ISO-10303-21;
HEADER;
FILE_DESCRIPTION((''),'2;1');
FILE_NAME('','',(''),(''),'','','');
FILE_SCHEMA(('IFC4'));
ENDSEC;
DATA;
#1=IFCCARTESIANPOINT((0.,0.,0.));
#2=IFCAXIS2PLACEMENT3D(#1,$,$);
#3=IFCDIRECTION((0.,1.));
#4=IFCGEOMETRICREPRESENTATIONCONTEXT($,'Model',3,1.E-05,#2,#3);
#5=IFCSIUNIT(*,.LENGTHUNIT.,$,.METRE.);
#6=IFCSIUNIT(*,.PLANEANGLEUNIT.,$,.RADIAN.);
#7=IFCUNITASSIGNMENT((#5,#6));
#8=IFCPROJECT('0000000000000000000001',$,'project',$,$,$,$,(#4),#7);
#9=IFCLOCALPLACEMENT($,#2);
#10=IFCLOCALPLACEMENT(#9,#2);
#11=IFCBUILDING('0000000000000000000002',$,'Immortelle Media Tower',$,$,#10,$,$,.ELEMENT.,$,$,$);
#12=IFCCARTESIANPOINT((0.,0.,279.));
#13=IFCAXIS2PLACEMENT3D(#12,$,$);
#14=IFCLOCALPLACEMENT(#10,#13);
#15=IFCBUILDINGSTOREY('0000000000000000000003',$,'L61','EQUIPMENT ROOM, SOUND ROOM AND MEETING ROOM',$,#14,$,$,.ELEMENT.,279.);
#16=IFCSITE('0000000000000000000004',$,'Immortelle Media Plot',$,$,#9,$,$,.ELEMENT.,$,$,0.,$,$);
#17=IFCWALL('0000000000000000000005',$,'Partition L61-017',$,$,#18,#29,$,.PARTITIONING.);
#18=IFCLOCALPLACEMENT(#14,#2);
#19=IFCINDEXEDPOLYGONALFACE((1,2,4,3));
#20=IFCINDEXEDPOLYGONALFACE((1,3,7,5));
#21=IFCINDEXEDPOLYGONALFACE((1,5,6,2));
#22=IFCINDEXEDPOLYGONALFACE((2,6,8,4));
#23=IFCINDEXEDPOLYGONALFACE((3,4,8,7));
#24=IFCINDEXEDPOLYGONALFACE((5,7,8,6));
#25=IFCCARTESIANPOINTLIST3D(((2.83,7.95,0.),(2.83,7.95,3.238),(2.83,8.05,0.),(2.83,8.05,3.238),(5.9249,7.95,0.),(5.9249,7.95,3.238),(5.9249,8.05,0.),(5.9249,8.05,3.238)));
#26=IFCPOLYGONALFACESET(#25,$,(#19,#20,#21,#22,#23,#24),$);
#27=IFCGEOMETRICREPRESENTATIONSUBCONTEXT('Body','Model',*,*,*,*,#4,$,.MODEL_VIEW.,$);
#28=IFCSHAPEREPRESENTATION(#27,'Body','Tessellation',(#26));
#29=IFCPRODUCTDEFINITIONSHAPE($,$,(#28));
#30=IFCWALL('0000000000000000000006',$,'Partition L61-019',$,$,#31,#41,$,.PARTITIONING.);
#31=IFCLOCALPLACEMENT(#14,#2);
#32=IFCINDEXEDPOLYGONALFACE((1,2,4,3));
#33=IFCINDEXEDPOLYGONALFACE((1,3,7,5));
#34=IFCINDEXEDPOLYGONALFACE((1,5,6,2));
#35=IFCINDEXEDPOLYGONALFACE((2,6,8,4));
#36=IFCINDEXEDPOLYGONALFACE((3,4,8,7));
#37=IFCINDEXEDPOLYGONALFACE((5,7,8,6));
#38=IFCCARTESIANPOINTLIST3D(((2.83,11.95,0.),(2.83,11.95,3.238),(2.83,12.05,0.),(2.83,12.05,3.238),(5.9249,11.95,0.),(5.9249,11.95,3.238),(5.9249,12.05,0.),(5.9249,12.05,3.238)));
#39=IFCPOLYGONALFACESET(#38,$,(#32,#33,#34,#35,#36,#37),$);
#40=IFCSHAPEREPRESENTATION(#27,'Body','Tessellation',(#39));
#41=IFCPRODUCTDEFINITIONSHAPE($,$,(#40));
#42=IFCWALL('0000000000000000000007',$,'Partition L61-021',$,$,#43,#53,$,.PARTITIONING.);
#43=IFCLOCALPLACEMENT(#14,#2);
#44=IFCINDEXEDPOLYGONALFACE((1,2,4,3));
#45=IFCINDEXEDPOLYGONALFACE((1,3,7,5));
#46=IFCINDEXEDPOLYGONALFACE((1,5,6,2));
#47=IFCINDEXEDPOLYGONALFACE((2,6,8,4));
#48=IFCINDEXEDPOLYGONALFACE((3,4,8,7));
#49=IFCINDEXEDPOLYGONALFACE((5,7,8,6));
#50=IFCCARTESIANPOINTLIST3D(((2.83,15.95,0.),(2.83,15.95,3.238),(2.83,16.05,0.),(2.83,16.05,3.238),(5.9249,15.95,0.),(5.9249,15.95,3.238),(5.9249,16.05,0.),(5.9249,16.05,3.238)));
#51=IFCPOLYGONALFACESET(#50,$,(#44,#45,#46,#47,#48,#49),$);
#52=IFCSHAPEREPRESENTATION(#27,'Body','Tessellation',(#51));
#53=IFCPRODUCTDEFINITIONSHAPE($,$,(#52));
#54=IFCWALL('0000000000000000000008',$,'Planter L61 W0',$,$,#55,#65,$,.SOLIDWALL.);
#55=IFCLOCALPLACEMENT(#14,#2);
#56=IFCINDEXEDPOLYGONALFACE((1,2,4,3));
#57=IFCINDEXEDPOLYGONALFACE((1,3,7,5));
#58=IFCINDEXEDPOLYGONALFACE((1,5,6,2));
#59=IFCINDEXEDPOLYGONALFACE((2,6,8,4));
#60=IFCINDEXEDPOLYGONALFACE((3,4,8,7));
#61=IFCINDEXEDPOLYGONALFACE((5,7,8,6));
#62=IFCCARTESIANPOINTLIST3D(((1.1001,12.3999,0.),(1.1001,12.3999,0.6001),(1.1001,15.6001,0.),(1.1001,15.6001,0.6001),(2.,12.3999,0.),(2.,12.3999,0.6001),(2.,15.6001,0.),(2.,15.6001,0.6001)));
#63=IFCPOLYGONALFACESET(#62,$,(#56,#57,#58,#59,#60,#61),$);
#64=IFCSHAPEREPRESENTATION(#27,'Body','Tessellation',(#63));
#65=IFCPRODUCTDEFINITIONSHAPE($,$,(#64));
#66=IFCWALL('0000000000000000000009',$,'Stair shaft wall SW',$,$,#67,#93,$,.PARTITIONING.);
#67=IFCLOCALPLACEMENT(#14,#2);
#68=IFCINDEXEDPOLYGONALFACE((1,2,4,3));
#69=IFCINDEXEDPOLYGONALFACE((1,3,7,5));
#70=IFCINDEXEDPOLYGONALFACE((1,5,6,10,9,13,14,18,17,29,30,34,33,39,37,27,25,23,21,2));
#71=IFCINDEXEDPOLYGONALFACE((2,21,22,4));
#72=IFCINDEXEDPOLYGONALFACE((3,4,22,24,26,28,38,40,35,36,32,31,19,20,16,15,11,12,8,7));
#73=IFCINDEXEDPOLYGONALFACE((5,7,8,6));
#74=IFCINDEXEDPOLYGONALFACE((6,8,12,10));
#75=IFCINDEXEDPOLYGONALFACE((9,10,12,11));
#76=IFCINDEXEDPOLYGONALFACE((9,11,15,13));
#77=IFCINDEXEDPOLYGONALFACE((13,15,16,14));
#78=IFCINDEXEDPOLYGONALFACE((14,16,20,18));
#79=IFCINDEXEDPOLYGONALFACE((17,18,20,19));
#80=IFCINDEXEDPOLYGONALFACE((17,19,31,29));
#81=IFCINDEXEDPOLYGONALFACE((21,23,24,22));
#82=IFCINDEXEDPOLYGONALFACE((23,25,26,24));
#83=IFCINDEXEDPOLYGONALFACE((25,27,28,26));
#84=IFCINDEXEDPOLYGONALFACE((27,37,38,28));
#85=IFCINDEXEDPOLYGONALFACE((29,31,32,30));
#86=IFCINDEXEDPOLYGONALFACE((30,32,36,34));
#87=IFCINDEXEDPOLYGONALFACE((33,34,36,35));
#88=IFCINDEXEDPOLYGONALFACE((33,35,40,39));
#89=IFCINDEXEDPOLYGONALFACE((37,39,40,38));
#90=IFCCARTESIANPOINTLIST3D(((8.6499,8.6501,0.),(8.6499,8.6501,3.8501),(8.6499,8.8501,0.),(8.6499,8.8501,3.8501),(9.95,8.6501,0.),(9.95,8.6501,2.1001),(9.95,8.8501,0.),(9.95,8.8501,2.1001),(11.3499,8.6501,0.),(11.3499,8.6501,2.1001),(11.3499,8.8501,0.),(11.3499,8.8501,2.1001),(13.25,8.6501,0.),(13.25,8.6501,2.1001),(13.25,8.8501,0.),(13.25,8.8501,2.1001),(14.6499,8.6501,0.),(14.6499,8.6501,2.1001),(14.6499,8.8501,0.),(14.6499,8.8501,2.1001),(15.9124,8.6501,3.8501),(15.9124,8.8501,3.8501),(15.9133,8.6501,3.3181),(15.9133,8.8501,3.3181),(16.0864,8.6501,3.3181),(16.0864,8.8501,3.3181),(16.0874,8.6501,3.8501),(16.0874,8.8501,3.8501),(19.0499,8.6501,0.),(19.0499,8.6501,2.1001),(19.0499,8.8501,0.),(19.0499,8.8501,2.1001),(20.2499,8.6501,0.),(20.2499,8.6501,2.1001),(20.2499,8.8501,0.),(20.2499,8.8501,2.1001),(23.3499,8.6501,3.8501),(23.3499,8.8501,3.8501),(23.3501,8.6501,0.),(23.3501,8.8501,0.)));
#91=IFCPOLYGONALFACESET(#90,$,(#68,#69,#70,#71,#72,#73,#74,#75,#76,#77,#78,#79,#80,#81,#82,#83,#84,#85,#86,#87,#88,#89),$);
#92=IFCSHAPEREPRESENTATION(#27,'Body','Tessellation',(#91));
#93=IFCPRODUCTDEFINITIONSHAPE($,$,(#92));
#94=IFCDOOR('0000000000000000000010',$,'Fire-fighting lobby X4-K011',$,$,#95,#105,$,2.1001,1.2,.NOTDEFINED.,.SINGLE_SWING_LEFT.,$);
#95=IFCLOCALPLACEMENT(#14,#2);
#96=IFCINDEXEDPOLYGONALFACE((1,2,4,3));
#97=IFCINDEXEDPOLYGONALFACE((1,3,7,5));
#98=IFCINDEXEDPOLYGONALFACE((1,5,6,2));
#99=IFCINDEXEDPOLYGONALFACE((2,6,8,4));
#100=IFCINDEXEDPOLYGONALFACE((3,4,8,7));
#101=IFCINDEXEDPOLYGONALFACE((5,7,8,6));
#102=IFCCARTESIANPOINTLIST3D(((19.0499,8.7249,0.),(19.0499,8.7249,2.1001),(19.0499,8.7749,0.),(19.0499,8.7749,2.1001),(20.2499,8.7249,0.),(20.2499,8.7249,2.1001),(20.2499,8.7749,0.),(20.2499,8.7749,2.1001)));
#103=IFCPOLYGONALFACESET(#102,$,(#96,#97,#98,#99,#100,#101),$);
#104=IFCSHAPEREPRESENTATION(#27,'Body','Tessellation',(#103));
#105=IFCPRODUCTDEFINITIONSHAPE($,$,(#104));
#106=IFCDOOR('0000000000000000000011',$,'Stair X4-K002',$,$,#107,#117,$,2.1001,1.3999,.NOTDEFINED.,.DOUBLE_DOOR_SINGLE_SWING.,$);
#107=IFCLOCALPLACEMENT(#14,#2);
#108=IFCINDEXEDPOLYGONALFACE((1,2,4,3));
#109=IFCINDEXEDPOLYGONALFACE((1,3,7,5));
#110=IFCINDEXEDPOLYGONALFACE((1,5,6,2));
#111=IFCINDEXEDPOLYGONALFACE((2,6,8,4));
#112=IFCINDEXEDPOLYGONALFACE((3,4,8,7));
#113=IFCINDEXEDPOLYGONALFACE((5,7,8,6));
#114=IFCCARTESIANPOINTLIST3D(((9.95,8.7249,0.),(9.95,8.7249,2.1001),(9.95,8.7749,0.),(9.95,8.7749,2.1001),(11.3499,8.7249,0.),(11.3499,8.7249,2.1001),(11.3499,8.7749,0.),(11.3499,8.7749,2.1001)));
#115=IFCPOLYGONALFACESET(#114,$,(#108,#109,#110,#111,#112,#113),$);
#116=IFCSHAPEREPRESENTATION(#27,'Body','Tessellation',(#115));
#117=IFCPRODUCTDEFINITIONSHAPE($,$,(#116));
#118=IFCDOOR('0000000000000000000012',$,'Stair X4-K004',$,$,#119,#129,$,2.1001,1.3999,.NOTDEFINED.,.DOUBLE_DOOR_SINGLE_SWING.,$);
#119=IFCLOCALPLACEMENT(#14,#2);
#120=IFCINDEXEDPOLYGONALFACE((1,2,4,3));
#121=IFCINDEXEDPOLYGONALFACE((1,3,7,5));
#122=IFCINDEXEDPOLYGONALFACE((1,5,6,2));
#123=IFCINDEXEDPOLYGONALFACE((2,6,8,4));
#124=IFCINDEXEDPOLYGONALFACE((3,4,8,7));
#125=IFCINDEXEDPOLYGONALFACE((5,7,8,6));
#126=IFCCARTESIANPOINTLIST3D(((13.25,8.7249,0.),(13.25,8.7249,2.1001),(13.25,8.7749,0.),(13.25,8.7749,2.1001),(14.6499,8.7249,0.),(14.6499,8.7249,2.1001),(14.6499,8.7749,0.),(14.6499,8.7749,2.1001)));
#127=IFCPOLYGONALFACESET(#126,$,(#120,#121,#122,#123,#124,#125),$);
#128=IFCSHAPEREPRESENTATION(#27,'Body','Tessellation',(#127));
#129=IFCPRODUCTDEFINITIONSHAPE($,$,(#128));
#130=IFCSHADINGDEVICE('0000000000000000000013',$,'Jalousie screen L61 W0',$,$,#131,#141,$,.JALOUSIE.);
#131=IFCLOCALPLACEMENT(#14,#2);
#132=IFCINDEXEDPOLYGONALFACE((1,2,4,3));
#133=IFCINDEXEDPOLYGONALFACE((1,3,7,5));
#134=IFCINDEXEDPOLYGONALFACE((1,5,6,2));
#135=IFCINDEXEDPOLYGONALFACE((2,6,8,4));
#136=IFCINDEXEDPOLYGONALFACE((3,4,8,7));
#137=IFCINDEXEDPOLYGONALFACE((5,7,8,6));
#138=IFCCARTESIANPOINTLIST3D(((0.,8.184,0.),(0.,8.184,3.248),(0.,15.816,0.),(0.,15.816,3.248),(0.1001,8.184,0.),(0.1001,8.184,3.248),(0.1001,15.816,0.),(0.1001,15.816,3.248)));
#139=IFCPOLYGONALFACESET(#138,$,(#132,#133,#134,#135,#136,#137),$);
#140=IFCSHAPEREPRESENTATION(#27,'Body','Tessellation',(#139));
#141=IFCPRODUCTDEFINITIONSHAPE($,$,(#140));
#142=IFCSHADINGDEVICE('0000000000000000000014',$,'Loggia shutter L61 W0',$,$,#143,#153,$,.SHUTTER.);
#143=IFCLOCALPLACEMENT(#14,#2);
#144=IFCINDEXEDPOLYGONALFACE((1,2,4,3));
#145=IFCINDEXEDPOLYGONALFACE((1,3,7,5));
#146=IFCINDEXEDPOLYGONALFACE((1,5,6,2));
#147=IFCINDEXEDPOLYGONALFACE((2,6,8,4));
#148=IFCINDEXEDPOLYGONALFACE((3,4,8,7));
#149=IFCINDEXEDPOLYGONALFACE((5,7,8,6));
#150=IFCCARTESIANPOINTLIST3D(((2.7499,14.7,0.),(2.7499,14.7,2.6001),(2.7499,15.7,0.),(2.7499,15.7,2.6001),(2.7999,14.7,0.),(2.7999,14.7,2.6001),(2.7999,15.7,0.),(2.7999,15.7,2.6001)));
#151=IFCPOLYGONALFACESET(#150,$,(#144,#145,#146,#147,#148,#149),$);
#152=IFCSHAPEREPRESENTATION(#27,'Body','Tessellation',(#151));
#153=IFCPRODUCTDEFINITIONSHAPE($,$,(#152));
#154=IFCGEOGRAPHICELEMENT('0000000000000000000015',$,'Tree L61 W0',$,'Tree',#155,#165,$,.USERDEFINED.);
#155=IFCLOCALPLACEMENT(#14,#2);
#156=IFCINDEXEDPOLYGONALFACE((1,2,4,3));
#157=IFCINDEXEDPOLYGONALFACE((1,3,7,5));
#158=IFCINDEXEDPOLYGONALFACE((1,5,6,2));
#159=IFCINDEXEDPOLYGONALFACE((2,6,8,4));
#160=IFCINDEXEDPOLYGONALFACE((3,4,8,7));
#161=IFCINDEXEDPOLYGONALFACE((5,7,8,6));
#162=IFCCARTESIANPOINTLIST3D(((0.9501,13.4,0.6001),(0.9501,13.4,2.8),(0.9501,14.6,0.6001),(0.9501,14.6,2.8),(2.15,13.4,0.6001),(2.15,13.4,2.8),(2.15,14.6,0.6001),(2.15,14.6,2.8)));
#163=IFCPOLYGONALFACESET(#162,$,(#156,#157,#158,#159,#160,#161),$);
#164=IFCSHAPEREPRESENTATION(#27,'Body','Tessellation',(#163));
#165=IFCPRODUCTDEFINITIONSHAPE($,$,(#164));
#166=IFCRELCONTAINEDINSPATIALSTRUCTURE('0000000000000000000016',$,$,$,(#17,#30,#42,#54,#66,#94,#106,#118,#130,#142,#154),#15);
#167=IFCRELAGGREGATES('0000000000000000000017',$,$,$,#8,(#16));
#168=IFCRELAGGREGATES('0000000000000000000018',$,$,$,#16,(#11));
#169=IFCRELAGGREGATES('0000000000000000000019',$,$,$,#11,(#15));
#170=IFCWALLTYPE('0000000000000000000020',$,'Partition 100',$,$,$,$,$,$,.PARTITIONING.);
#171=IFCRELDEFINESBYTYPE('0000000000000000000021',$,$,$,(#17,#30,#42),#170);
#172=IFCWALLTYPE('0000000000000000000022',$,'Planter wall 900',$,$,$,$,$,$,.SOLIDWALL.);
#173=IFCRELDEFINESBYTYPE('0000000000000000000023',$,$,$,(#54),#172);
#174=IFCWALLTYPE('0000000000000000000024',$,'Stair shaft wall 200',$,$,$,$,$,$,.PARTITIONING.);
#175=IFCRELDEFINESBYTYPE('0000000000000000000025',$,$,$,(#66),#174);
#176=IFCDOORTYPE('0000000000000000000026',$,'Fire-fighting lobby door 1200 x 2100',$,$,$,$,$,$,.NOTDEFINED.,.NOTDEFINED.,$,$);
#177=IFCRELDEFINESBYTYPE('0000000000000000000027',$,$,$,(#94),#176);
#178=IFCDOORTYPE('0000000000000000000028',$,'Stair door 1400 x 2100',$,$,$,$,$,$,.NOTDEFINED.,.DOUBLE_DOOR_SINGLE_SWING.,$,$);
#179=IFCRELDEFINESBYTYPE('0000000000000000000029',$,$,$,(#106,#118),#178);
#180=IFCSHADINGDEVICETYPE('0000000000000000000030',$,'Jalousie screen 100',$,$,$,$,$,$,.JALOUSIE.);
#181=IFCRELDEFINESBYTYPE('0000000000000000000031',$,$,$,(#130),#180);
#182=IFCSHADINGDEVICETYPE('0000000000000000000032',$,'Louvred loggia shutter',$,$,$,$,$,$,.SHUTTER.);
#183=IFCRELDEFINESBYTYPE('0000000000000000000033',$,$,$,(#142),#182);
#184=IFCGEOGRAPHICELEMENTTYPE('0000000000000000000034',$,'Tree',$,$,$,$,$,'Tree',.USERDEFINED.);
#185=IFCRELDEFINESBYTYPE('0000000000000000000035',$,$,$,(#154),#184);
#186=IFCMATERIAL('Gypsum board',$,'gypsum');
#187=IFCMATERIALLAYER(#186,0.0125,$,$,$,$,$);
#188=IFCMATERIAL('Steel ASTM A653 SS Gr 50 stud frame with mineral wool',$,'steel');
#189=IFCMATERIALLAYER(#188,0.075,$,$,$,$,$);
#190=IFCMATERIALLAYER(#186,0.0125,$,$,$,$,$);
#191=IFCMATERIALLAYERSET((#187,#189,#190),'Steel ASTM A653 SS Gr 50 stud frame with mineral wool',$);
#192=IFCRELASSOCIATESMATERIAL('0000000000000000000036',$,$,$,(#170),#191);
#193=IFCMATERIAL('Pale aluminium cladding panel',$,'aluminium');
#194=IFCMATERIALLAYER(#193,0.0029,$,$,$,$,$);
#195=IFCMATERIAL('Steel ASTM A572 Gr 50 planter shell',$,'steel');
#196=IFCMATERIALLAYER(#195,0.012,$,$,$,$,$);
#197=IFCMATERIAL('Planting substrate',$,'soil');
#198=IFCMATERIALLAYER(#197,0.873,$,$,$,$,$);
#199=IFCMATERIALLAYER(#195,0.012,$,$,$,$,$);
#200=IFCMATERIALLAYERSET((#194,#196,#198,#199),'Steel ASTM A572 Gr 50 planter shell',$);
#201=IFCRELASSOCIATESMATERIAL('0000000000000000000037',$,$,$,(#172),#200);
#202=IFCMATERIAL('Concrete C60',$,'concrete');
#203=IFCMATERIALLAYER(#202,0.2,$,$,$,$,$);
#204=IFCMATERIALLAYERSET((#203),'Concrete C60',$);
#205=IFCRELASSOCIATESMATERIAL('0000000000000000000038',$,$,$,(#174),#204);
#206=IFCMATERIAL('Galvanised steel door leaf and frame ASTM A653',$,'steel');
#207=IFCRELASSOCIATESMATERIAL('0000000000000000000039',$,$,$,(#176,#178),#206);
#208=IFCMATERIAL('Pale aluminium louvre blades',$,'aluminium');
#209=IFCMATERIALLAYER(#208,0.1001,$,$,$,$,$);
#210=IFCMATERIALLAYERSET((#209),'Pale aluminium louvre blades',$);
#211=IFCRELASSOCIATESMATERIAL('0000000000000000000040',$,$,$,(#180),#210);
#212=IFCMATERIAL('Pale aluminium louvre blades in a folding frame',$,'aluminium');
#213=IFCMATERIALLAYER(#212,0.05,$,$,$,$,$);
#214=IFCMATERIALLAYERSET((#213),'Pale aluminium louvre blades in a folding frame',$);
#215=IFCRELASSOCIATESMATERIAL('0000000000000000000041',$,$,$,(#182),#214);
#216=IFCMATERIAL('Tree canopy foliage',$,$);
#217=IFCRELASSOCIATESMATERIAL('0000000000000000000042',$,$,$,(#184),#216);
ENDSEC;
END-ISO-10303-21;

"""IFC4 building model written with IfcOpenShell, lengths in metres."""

from ifc_helpers import new_model, si_unit, direction, frame, frame_2d, origin, origin_2d, place, context, subcontext, project, spatial, polyline, rectangle, outline, extrude, material, layer, layer_set, type_object, element, fill, save


model = new_model("IFC4")

# Units and contexts
model_context = context("Model", 3, precision=1e-05, world=origin(), true_north=direction((0.0, 1.0)))
body_context = subcontext(model_context, "Body", "Model", "MODEL_VIEW")
ifc_project = project(units=[si_unit("LENGTHUNIT", "METRE"), si_unit("PLANEANGLEUNIT", "RADIAN")], contexts=[model_context])

# Site, building, storey
site_placement = place(None, origin())
site = spatial("IfcSite", under=ifc_project, at=site_placement, Name="Immortelle Media Plot", CompositionType="ELEMENT", RefElevation=0.0)
building_placement = place(site_placement, origin())
building = spatial("IfcBuilding", under=site, at=building_placement, Name="Immortelle Media Tower", CompositionType="ELEMENT")
storey_placement = place(building_placement, frame((0.0, 0.0, 279.0)))
storey = spatial("IfcBuildingStorey", under=building, at=storey_placement, Name="L61", Description="EQUIPMENT ROOM, SOUND ROOM AND MEETING ROOM", CompositionType="ELEMENT", Elevation=279.0)

# Shared definitions
ifc_material_1 = material(Name="Pale aluminium cladding panel", Category="aluminium")
ifc_material_2 = material(Name="Steel ASTM A653 SS Gr 50 stud frame with mineral wool", Category="steel")

# Walls
ifc_material_3 = material(Name="Gypsum board", Category="gypsum")
ifc_layer_1 = layer(ifc_material_3, 0.0125)
ifc_layer_2 = layer(ifc_material_2, 0.075)
ifc_layer_3 = layer(ifc_material_3, 0.0125)
ifc_layer_set_1 = layer_set([ifc_layer_1, ifc_layer_2, ifc_layer_3], Name="Steel ASTM A653 SS Gr 50 stud frame with mineral wool")
wall_type_1 = type_object("IfcWallType", Name="Partition 100", PredefinedType="PARTITIONING", material=ifc_layer_set_1)
for number, where, z_axis, x_axis, name in (
    (1, (2.8301, 8.0, 0.0), (0.0, 0.0, 1.0), (1.0, 0.0, 0.0), "Partition L61-017"),
    (2, (2.8301, 12.0, 0.0), (0.0, 0.0, 1.0), (1.0, 0.0, 0.0), "Partition L61-019"),
    (3, (2.8301, 16.0, 0.0), (0.0, 0.0, 1.0), (1.0, 0.0, 0.0), "Partition L61-021"),
):
    element("IfcWall", number, at=place(storey_placement, frame(where, z_axis=z_axis, x_axis=x_axis)), inside=storey, type_object=wall_type_1, Name=name, PredefinedType="PARTITIONING", context=body_context, shape_type="SweptSolid", body=[
        extrude(rectangle(XDim=3.095, YDim=0.1001, at=frame_2d((1.5474, 0.0))), origin(), (0.0, 0.0, 1.0), 3.238),
    ])
ifc_layer_4 = layer(ifc_material_1, 0.0029)
ifc_material_4 = material(Name="Steel ASTM A572 Gr 50 planter shell", Category="steel")
ifc_layer_5 = layer(ifc_material_4, 0.012)
ifc_material_5 = material(Name="Planting substrate", Category="soil")
ifc_layer_6 = layer(ifc_material_5, 0.873)
ifc_layer_7 = layer(ifc_material_4, 0.012)
ifc_layer_set_2 = layer_set([ifc_layer_4, ifc_layer_5, ifc_layer_6, ifc_layer_7], Name="Steel ASTM A572 Gr 50 planter shell")
wall_type_2 = type_object("IfcWallType", Name="Planter wall 900", PredefinedType="SOLIDWALL", material=ifc_layer_set_2)
wall_1_placement = place(storey_placement, frame((1.55, 15.6001, 0.0), z_axis=(0.0, 0.0, 1.0), x_axis=(0.0, -1.0, 0.0)))
element("IfcWall", 4, at=wall_1_placement, inside=storey, type_object=wall_type_2, Name="Planter L61 W0", PredefinedType="SOLIDWALL", context=body_context, shape_type="SweptSolid", body=[
    extrude(rectangle(XDim=3.2002, YDim=0.8999, at=frame_2d((1.6001, 0.0))), origin(), (0.0, 0.0, 1.0), 0.6001),
])

# Wall, openings, doors
ifc_material_6 = material(Name="Concrete C60", Category="concrete")
ifc_layer_8 = layer(ifc_material_6, 0.2)
ifc_layer_set_3 = layer_set([ifc_layer_8], Name="Concrete C60")
wall_type_3 = type_object("IfcWallType", Name="Stair shaft wall 200", PredefinedType="PARTITIONING", material=ifc_layer_set_3)
wall_2_placement = place(storey_placement, frame((8.6499, 8.75, 0.0), z_axis=(0.0, 0.0, 1.0), x_axis=(1.0, 0.0, 0.0)))
wall_2 = element("IfcWall", 5, at=wall_2_placement, inside=storey, type_object=wall_type_3, Name="Stair shaft wall SW", PredefinedType="PARTITIONING", context=body_context, shape_type="SweptSolid", body=[
    extrude(outline(polyline([(0.0, 0.0), (14.7002, 0.0), (14.7, 3.8501), (7.4375, 3.8501), (7.4365, 3.3181), (7.2634, 3.3181), (7.2625, 3.8501), (0.0, 3.8501), (0.0, 0.0)])), frame((0.0, 0.1001, 0.0), z_axis=(0.0, -1.0, 0.0), x_axis=(1.0, 0.0, 0.0)), (0.0, 0.0, 1.0), 0.2),
])
opening_1_placement = place(wall_2_placement, frame((1.3, 0.0, 0.0)))
opening_1 = element("IfcOpeningElement", 6, at=opening_1_placement, cuts=wall_2, PredefinedType="OPENING", context=body_context, shape_type="SweptSolid", body=[
    extrude(rectangle(XDim=1.3999, YDim=2.1001, at=frame_2d((0.7, 1.05))), frame((0.0, 0.1099, 0.0), z_axis=(0.0, -1.0, 0.0), x_axis=(1.0, 0.0, 0.0)), (0.0, 0.0, 1.0), 0.22),
])
opening_2_placement = place(wall_2_placement, frame((4.6001, 0.0, 0.0)))
opening_2 = element("IfcOpeningElement", 7, at=opening_2_placement, cuts=wall_2, PredefinedType="OPENING", context=body_context, shape_type="SweptSolid", body=[
    extrude(rectangle(XDim=1.3999, YDim=2.1001, at=frame_2d((0.7, 1.05))), frame((0.0, 0.1099, 0.0), z_axis=(0.0, -1.0, 0.0), x_axis=(1.0, 0.0, 0.0)), (0.0, 0.0, 1.0), 0.22),
])
opening_3_placement = place(wall_2_placement, frame((10.3999, 0.0, 0.0)))
opening_3 = element("IfcOpeningElement", 8, at=opening_3_placement, cuts=wall_2, PredefinedType="OPENING", context=body_context, shape_type="SweptSolid", body=[
    extrude(rectangle(XDim=1.2, YDim=2.1001, at=frame_2d((0.6001, 1.05))), frame((0.0, 0.1099, 0.0), z_axis=(0.0, -1.0, 0.0), x_axis=(1.0, 0.0, 0.0)), (0.0, 0.0, 1.0), 0.22),
])
ifc_material_7 = material(Name="Galvanised steel door leaf and frame ASTM A653", Category="steel")
door_type_1 = type_object("IfcDoorType", Name="Fire-fighting lobby door 1200 x 2100", OperationType="NOTDEFINED", PredefinedType="NOTDEFINED", material=ifc_material_7)
door_1_placement = place(opening_3_placement, origin())
door_1 = element("IfcDoor", 9, at=door_1_placement, inside=storey, type_object=door_type_1, Name="Fire-fighting lobby X4-K011", OperationType="SINGLE_SWING_LEFT", OverallHeight=2.1001, OverallWidth=1.2, PredefinedType="NOTDEFINED", context=body_context, shape_type="SweptSolid", body=[
    extrude(rectangle(XDim=1.2, YDim=2.1001, at=frame_2d((0.6001, 1.05))), frame((0.0, 0.0249, 0.0), z_axis=(0.0, -1.0, 0.0), x_axis=(1.0, 0.0, 0.0)), (0.0, 0.0, 1.0), 0.05),
])
fill(opening_3, door_1)
door_type_2 = type_object("IfcDoorType", Name="Stair door 1400 x 2100", OperationType="DOUBLE_DOOR_SINGLE_SWING", PredefinedType="NOTDEFINED", material=ifc_material_7)
door_2_placement = place(opening_1_placement, origin())
door_2 = element("IfcDoor", 10, at=door_2_placement, inside=storey, type_object=door_type_2, Name="Stair X4-K002", OperationType="DOUBLE_DOOR_SINGLE_SWING", OverallHeight=2.1001, OverallWidth=1.3999, PredefinedType="NOTDEFINED", context=body_context, shape_type="SweptSolid", body=[
    extrude(rectangle(XDim=1.3999, YDim=2.1001, at=frame_2d((0.7, 1.05))), frame((0.0, 0.0249, 0.0), z_axis=(0.0, -1.0, 0.0), x_axis=(1.0, 0.0, 0.0)), (0.0, 0.0, 1.0), 0.05),
])
fill(opening_1, door_2)
door_3_placement = place(opening_2_placement, origin())
door_3 = element("IfcDoor", 11, at=door_3_placement, inside=storey, type_object=door_type_2, Name="Stair X4-K004", OperationType="DOUBLE_DOOR_SINGLE_SWING", OverallHeight=2.1001, OverallWidth=1.3999, PredefinedType="NOTDEFINED", context=body_context, shape_type="SweptSolid", body=[
    extrude(rectangle(XDim=1.3999, YDim=2.1001, at=frame_2d((0.7, 1.05))), frame((0.0, 0.0249, 0.0), z_axis=(0.0, -1.0, 0.0), x_axis=(1.0, 0.0, 0.0)), (0.0, 0.0, 1.0), 0.05),
])
fill(opening_2, door_3)

# Shading devices
ifc_material_8 = material(Name="Pale aluminium louvre blades", Category="aluminium")
ifc_layer_9 = layer(ifc_material_8, 0.1001)
ifc_layer_set_4 = layer_set([ifc_layer_9], Name="Pale aluminium louvre blades")
shading_device_type_1 = type_object("IfcShadingDeviceType", Name="Jalousie screen 100", PredefinedType="JALOUSIE", material=ifc_layer_set_4)
shading_device_1_placement = place(storey_placement, frame((0.05, 12.0, 0.0), z_axis=(0.0, 0.0, 1.0), x_axis=(0.0, -1.0, 0.0)))
element("IfcShadingDevice", 12, at=shading_device_1_placement, inside=storey, type_object=shading_device_type_1, Name="Jalousie screen L61 W0", PredefinedType="JALOUSIE", context=body_context, shape_type="SweptSolid", body=[
    extrude(rectangle(XDim=7.6321, YDim=0.1001, at=origin_2d()), origin(), (0.0, 0.0, 1.0), 3.248),
])
ifc_material_9 = material(Name="Pale aluminium louvre blades in a folding frame", Category="aluminium")
ifc_layer_10 = layer(ifc_material_9, 0.05)
ifc_layer_set_5 = layer_set([ifc_layer_10], Name="Pale aluminium louvre blades in a folding frame")
shading_device_type_2 = type_object("IfcShadingDeviceType", Name="Louvred loggia shutter", PredefinedType="SHUTTER", material=ifc_layer_set_5)
shading_device_2_placement = place(storey_placement, frame((2.7749, 15.2, 0.0), z_axis=(0.0, 0.0, 1.0), x_axis=(0.0, -1.0, 0.0)))
element("IfcShadingDevice", 13, at=shading_device_2_placement, inside=storey, type_object=shading_device_type_2, Name="Loggia shutter L61 W0", PredefinedType="SHUTTER", context=body_context, shape_type="SweptSolid", body=[
    extrude(rectangle(XDim=1.0, YDim=0.05, at=origin_2d()), origin(), (0.0, 0.0, 1.0), 2.6001),
])

# Geographic element
ifc_material_10 = material(Name="Tree canopy foliage")
geographic_element_type = type_object("IfcGeographicElementType", Name="Tree", ElementType="Tree", PredefinedType="USERDEFINED", material=ifc_material_10)
geographic_element_placement = place(storey_placement, frame((1.55, 14.0, 0.6001), z_axis=(0.0, 0.0, 1.0), x_axis=(1.0, 0.0, 0.0)))
element("IfcGeographicElement", 14, at=geographic_element_placement, inside=storey, type_object=geographic_element_type, Name="Tree L61 W0", ObjectType="Tree", PredefinedType="USERDEFINED", context=body_context, shape_type="SweptSolid", body=[
    extrude(rectangle(XDim=1.2, YDim=1.2, at=origin_2d()), origin(), (0.0, 0.0, 1.0), 2.2),
])

save(model, "model.ifc")
